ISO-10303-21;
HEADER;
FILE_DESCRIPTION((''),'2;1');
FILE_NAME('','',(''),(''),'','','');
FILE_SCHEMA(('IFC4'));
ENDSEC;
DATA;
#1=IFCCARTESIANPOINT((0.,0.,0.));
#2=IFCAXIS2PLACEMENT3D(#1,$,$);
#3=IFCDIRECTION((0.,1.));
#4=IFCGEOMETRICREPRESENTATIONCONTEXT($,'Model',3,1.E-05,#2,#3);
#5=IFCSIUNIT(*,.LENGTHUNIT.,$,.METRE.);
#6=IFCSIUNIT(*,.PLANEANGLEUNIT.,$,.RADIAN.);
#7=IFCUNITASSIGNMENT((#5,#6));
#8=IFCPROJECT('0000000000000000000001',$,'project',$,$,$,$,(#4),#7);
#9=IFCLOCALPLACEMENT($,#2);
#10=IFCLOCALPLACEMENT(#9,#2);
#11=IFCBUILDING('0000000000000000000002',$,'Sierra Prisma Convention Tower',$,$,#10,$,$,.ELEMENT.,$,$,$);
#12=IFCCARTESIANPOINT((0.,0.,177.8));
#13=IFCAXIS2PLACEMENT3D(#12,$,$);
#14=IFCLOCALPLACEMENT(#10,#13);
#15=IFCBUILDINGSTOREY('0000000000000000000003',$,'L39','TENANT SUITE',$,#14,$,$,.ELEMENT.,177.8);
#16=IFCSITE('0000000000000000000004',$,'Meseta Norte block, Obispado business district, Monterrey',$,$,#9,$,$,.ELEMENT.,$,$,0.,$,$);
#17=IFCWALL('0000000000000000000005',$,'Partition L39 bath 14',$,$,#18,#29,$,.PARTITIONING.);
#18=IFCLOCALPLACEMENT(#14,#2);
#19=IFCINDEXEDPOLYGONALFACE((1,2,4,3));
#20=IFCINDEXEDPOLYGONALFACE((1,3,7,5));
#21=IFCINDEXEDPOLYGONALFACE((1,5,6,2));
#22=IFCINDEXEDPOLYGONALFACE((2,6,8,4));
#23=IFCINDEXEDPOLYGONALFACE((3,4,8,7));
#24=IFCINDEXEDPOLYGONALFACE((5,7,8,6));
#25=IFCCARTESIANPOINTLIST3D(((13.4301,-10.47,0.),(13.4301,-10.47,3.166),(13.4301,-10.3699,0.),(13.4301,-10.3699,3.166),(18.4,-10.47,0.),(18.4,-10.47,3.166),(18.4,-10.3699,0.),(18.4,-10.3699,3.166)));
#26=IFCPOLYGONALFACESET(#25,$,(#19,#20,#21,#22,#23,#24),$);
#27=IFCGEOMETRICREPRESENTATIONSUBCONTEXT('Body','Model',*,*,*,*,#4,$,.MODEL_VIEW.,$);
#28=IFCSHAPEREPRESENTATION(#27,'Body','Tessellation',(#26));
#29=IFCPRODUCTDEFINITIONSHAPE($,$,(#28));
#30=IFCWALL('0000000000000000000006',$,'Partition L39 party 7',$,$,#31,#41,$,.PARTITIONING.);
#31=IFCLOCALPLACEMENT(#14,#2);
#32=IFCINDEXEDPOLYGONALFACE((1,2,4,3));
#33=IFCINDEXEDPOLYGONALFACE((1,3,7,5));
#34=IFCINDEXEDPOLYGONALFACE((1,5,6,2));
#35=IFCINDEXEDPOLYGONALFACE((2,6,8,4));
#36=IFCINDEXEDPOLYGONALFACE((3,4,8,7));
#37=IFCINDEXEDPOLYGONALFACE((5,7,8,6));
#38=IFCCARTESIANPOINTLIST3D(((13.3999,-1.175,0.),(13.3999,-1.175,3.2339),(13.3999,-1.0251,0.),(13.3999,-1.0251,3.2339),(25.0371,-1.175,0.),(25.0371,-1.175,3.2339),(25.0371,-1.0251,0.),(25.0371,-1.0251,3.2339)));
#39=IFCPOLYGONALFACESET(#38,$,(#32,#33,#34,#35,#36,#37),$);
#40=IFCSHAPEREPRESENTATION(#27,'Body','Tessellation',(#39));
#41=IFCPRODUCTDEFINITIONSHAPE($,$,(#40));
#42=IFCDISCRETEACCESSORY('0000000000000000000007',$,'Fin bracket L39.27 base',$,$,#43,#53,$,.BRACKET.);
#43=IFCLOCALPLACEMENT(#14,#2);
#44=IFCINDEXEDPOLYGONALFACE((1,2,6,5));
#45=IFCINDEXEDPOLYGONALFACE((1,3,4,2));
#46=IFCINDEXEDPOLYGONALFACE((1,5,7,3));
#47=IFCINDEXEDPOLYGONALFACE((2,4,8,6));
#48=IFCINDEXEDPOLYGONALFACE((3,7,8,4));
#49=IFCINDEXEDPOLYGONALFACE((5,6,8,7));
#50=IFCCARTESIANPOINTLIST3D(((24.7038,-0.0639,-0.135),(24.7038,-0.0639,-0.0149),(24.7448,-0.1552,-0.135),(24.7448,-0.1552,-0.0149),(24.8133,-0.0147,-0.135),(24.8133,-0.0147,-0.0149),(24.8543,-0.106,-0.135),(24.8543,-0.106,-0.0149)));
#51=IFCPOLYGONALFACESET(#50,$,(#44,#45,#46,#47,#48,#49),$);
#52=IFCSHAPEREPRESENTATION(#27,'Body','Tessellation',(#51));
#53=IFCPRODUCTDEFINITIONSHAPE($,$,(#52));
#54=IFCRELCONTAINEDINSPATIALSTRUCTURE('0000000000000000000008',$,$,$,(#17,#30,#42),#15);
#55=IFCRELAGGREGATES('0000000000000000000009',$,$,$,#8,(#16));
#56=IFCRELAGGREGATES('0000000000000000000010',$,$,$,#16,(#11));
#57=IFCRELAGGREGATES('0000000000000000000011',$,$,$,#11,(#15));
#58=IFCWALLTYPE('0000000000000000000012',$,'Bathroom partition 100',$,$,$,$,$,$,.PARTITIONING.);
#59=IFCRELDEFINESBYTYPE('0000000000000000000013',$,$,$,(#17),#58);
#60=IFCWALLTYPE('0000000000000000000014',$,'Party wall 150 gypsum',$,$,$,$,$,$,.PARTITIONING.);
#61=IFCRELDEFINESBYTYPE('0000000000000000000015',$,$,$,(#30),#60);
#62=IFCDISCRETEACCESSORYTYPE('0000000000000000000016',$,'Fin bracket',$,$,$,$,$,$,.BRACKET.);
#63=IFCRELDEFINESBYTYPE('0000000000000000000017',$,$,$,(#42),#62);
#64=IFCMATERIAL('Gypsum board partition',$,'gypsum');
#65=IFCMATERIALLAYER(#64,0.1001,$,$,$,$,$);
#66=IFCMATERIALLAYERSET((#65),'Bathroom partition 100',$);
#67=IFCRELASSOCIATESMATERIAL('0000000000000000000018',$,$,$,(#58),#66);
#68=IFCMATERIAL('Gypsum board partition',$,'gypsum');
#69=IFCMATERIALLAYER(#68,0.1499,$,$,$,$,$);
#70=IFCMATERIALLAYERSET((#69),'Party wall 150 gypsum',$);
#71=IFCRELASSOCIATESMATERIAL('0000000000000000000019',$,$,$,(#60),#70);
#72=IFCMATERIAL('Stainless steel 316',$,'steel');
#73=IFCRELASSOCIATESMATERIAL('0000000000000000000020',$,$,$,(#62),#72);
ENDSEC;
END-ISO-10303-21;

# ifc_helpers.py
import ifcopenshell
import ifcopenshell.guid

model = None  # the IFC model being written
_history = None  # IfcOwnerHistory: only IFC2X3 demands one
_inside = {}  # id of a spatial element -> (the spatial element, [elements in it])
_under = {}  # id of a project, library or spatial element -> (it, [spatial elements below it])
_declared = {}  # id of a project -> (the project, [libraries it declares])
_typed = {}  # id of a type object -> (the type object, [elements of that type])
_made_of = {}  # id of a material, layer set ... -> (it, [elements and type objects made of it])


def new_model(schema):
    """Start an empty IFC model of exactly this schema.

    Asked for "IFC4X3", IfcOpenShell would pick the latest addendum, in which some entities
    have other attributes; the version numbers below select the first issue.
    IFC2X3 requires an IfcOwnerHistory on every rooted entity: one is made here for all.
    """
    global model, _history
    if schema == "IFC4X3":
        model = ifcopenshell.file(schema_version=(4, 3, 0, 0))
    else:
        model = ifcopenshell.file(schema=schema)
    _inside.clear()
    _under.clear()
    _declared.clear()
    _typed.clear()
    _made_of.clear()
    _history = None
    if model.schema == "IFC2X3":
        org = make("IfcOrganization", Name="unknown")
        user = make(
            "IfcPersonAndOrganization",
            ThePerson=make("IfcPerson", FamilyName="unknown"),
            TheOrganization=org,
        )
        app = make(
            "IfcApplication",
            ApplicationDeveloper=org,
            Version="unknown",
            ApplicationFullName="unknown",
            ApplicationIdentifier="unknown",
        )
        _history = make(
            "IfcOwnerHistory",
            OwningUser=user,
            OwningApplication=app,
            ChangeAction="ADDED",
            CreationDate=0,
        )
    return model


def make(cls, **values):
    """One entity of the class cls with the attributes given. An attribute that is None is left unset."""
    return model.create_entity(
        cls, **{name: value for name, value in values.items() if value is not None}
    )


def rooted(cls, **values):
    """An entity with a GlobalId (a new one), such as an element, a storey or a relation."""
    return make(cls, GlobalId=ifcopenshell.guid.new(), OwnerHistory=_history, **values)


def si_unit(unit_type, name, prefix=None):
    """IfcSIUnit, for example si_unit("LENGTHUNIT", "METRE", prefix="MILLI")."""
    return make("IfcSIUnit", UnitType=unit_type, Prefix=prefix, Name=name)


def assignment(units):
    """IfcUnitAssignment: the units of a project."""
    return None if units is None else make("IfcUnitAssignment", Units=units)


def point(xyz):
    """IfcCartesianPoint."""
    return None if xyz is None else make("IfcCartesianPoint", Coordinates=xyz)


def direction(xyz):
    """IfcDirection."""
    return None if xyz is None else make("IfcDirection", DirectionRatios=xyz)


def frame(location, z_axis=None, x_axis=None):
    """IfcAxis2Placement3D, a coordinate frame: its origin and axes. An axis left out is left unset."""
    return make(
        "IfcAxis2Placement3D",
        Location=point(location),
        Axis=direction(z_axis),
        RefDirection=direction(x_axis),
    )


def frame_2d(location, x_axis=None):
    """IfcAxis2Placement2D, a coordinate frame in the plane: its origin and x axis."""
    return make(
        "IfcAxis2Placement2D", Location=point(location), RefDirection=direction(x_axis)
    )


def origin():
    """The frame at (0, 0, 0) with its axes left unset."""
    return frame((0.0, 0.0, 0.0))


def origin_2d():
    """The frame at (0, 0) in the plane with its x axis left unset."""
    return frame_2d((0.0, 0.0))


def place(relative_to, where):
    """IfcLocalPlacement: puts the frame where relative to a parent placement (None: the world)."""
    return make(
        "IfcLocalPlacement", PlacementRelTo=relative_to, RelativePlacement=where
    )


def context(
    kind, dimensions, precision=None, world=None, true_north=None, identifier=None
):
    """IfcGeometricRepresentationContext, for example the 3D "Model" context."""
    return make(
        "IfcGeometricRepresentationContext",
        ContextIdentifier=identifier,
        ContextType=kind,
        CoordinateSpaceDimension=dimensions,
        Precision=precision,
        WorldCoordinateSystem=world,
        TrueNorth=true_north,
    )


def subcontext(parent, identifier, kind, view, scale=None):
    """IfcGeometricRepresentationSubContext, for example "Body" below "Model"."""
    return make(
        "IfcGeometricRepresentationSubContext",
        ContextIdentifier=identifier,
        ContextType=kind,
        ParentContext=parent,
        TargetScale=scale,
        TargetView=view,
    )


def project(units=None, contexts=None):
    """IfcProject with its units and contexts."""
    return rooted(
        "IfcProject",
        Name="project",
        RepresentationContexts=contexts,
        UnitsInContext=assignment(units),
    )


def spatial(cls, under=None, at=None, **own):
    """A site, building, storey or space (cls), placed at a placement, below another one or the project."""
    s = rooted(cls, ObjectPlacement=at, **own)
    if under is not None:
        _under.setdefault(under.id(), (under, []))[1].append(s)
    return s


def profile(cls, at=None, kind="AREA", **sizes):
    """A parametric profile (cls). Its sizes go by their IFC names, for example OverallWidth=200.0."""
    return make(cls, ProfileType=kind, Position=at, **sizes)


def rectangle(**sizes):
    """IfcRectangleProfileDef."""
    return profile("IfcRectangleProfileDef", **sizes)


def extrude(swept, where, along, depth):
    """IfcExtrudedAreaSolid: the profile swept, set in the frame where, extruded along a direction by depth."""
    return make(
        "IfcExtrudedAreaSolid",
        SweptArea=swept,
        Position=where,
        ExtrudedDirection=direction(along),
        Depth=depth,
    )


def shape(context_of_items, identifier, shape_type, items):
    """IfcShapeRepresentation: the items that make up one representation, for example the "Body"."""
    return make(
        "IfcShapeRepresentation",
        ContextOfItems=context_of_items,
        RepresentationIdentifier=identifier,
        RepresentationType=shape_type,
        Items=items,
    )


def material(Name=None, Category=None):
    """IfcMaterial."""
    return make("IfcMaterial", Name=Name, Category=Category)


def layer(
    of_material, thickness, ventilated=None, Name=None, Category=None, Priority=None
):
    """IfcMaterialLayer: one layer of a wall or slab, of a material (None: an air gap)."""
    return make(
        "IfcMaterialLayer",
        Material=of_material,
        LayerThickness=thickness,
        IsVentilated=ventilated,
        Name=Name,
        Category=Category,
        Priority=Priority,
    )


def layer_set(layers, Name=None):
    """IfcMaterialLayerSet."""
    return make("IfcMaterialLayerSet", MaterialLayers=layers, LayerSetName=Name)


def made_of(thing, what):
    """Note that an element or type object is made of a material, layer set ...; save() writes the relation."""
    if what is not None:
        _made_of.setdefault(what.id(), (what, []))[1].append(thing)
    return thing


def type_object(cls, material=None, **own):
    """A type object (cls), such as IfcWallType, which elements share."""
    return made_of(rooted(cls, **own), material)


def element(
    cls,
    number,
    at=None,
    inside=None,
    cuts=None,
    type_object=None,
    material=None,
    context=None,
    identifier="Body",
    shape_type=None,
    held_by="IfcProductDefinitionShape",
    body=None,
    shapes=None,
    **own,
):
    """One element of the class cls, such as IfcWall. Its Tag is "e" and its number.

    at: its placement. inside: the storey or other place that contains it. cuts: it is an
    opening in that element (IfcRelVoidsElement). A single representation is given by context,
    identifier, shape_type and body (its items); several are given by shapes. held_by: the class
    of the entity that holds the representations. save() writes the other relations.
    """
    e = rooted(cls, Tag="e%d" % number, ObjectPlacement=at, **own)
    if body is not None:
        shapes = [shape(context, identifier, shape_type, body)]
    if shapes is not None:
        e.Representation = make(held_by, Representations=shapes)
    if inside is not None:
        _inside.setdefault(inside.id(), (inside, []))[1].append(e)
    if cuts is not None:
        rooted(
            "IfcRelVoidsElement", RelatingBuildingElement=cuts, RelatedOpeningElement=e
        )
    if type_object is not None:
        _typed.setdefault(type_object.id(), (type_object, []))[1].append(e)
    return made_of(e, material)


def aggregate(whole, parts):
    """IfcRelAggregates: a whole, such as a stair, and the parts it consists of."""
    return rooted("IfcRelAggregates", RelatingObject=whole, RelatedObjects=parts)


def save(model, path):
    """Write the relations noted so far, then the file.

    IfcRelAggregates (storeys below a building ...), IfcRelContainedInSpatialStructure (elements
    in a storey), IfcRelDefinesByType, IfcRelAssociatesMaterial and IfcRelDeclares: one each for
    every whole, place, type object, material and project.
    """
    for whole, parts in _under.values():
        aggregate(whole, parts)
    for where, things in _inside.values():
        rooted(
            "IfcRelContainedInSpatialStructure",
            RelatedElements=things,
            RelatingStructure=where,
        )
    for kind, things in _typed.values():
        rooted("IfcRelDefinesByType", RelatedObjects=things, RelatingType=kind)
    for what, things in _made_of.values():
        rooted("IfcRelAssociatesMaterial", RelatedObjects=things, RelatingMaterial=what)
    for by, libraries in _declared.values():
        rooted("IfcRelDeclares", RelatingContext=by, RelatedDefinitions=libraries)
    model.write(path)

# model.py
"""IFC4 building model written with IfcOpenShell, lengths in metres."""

from ifc_helpers import new_model, si_unit, direction, frame, frame_2d, origin, origin_2d, place, context, subcontext, project, spatial, rectangle, extrude, material, layer, layer_set, type_object, element, save


model = new_model("IFC4")

# Units and contexts
model_context = context("Model", 3, precision=1e-05, world=origin(), true_north=direction((0.0, 1.0)))
body_context = subcontext(model_context, "Body", "Model", "MODEL_VIEW")
ifc_project = project(units=[si_unit("LENGTHUNIT", "METRE"), si_unit("PLANEANGLEUNIT", "RADIAN")], contexts=[model_context])

# Site, building, storey
site_placement = place(None, origin())
site = spatial("IfcSite", under=ifc_project, at=site_placement, Name="Meseta Norte block, Obispado business district, Monterrey", CompositionType="ELEMENT", RefElevation=0.0)
building_placement = place(site_placement, origin())
building = spatial("IfcBuilding", under=site, at=building_placement, Name="Sierra Prisma Convention Tower", CompositionType="ELEMENT")
storey_placement = place(building_placement, frame((0.0, 0.0, 177.8)))
storey = spatial("IfcBuildingStorey", under=building, at=storey_placement, Name="L39", Description="TENANT SUITE", CompositionType="ELEMENT", Elevation=177.8)

# Walls
ifc_material_1 = material(Name="Gypsum board partition", Category="gypsum")
ifc_layer_1 = layer(ifc_material_1, 0.1001)
ifc_layer_set_1 = layer_set([ifc_layer_1], Name="Bathroom partition 100")
wall_type_1 = type_object("IfcWallType", Name="Bathroom partition 100", PredefinedType="PARTITIONING", material=ifc_layer_set_1)
wall_1_placement = place(storey_placement, frame((18.3999, -10.4199, 0.0), z_axis=(0.0, 0.0, 1.0), x_axis=(-1.0, 0.0, 0.0)))
element("IfcWall", 1, at=wall_1_placement, inside=storey, type_object=wall_type_1, Name="Partition L39 bath 14", PredefinedType="PARTITIONING", context=body_context, shape_type="SweptSolid", body=[
    extrude(rectangle(XDim=4.97, YDim=0.1001, at=frame_2d((2.4849, 0.0))), origin(), (0.0, 0.0, 1.0), 3.166),
])
ifc_material_2 = material(Name="Gypsum board partition", Category="gypsum")
ifc_layer_2 = layer(ifc_material_2, 0.1499)
ifc_layer_set_2 = layer_set([ifc_layer_2], Name="Party wall 150 gypsum")
wall_type_2 = type_object("IfcWallType", Name="Party wall 150 gypsum", PredefinedType="PARTITIONING", material=ifc_layer_set_2)
wall_2_placement = place(storey_placement, frame((25.0371, -1.1001, 0.0), z_axis=(0.0, 0.0, 1.0), x_axis=(-1.0, 0.0, 0.0)))
element("IfcWall", 2, at=wall_2_placement, inside=storey, type_object=wall_type_2, Name="Partition L39 party 7", PredefinedType="PARTITIONING", context=body_context, shape_type="SweptSolid", body=[
    extrude(rectangle(XDim=11.6372, YDim=0.1499, at=frame_2d((5.8186, 0.0))), origin(), (0.0, 0.0, 1.0), 3.2339),
])

# Discrete accessory
ifc_material_3 = material(Name="Stainless steel 316", Category="steel")
discrete_accessory_type = type_object("IfcDiscreteAccessoryType", Name="Fin bracket", PredefinedType="BRACKET", material=ifc_material_3)
discrete_accessory_placement = place(storey_placement, frame((24.7791, -0.085, -0.135), z_axis=(0.0, 0.0, 1.0), x_axis=(0.912156, 0.409843, 0.0)))
element("IfcDiscreteAccessory", 3, at=discrete_accessory_placement, inside=storey, type_object=discrete_accessory_type, Name="Fin bracket L39.27 base", PredefinedType="BRACKET", context=body_context, shape_type="SweptSolid", body=[
    extrude(rectangle(XDim=0.1201, YDim=0.1001, at=origin_2d()), origin(), (0.0, 0.0, 1.0), 0.1201),
])

save(model, "model.ifc")
